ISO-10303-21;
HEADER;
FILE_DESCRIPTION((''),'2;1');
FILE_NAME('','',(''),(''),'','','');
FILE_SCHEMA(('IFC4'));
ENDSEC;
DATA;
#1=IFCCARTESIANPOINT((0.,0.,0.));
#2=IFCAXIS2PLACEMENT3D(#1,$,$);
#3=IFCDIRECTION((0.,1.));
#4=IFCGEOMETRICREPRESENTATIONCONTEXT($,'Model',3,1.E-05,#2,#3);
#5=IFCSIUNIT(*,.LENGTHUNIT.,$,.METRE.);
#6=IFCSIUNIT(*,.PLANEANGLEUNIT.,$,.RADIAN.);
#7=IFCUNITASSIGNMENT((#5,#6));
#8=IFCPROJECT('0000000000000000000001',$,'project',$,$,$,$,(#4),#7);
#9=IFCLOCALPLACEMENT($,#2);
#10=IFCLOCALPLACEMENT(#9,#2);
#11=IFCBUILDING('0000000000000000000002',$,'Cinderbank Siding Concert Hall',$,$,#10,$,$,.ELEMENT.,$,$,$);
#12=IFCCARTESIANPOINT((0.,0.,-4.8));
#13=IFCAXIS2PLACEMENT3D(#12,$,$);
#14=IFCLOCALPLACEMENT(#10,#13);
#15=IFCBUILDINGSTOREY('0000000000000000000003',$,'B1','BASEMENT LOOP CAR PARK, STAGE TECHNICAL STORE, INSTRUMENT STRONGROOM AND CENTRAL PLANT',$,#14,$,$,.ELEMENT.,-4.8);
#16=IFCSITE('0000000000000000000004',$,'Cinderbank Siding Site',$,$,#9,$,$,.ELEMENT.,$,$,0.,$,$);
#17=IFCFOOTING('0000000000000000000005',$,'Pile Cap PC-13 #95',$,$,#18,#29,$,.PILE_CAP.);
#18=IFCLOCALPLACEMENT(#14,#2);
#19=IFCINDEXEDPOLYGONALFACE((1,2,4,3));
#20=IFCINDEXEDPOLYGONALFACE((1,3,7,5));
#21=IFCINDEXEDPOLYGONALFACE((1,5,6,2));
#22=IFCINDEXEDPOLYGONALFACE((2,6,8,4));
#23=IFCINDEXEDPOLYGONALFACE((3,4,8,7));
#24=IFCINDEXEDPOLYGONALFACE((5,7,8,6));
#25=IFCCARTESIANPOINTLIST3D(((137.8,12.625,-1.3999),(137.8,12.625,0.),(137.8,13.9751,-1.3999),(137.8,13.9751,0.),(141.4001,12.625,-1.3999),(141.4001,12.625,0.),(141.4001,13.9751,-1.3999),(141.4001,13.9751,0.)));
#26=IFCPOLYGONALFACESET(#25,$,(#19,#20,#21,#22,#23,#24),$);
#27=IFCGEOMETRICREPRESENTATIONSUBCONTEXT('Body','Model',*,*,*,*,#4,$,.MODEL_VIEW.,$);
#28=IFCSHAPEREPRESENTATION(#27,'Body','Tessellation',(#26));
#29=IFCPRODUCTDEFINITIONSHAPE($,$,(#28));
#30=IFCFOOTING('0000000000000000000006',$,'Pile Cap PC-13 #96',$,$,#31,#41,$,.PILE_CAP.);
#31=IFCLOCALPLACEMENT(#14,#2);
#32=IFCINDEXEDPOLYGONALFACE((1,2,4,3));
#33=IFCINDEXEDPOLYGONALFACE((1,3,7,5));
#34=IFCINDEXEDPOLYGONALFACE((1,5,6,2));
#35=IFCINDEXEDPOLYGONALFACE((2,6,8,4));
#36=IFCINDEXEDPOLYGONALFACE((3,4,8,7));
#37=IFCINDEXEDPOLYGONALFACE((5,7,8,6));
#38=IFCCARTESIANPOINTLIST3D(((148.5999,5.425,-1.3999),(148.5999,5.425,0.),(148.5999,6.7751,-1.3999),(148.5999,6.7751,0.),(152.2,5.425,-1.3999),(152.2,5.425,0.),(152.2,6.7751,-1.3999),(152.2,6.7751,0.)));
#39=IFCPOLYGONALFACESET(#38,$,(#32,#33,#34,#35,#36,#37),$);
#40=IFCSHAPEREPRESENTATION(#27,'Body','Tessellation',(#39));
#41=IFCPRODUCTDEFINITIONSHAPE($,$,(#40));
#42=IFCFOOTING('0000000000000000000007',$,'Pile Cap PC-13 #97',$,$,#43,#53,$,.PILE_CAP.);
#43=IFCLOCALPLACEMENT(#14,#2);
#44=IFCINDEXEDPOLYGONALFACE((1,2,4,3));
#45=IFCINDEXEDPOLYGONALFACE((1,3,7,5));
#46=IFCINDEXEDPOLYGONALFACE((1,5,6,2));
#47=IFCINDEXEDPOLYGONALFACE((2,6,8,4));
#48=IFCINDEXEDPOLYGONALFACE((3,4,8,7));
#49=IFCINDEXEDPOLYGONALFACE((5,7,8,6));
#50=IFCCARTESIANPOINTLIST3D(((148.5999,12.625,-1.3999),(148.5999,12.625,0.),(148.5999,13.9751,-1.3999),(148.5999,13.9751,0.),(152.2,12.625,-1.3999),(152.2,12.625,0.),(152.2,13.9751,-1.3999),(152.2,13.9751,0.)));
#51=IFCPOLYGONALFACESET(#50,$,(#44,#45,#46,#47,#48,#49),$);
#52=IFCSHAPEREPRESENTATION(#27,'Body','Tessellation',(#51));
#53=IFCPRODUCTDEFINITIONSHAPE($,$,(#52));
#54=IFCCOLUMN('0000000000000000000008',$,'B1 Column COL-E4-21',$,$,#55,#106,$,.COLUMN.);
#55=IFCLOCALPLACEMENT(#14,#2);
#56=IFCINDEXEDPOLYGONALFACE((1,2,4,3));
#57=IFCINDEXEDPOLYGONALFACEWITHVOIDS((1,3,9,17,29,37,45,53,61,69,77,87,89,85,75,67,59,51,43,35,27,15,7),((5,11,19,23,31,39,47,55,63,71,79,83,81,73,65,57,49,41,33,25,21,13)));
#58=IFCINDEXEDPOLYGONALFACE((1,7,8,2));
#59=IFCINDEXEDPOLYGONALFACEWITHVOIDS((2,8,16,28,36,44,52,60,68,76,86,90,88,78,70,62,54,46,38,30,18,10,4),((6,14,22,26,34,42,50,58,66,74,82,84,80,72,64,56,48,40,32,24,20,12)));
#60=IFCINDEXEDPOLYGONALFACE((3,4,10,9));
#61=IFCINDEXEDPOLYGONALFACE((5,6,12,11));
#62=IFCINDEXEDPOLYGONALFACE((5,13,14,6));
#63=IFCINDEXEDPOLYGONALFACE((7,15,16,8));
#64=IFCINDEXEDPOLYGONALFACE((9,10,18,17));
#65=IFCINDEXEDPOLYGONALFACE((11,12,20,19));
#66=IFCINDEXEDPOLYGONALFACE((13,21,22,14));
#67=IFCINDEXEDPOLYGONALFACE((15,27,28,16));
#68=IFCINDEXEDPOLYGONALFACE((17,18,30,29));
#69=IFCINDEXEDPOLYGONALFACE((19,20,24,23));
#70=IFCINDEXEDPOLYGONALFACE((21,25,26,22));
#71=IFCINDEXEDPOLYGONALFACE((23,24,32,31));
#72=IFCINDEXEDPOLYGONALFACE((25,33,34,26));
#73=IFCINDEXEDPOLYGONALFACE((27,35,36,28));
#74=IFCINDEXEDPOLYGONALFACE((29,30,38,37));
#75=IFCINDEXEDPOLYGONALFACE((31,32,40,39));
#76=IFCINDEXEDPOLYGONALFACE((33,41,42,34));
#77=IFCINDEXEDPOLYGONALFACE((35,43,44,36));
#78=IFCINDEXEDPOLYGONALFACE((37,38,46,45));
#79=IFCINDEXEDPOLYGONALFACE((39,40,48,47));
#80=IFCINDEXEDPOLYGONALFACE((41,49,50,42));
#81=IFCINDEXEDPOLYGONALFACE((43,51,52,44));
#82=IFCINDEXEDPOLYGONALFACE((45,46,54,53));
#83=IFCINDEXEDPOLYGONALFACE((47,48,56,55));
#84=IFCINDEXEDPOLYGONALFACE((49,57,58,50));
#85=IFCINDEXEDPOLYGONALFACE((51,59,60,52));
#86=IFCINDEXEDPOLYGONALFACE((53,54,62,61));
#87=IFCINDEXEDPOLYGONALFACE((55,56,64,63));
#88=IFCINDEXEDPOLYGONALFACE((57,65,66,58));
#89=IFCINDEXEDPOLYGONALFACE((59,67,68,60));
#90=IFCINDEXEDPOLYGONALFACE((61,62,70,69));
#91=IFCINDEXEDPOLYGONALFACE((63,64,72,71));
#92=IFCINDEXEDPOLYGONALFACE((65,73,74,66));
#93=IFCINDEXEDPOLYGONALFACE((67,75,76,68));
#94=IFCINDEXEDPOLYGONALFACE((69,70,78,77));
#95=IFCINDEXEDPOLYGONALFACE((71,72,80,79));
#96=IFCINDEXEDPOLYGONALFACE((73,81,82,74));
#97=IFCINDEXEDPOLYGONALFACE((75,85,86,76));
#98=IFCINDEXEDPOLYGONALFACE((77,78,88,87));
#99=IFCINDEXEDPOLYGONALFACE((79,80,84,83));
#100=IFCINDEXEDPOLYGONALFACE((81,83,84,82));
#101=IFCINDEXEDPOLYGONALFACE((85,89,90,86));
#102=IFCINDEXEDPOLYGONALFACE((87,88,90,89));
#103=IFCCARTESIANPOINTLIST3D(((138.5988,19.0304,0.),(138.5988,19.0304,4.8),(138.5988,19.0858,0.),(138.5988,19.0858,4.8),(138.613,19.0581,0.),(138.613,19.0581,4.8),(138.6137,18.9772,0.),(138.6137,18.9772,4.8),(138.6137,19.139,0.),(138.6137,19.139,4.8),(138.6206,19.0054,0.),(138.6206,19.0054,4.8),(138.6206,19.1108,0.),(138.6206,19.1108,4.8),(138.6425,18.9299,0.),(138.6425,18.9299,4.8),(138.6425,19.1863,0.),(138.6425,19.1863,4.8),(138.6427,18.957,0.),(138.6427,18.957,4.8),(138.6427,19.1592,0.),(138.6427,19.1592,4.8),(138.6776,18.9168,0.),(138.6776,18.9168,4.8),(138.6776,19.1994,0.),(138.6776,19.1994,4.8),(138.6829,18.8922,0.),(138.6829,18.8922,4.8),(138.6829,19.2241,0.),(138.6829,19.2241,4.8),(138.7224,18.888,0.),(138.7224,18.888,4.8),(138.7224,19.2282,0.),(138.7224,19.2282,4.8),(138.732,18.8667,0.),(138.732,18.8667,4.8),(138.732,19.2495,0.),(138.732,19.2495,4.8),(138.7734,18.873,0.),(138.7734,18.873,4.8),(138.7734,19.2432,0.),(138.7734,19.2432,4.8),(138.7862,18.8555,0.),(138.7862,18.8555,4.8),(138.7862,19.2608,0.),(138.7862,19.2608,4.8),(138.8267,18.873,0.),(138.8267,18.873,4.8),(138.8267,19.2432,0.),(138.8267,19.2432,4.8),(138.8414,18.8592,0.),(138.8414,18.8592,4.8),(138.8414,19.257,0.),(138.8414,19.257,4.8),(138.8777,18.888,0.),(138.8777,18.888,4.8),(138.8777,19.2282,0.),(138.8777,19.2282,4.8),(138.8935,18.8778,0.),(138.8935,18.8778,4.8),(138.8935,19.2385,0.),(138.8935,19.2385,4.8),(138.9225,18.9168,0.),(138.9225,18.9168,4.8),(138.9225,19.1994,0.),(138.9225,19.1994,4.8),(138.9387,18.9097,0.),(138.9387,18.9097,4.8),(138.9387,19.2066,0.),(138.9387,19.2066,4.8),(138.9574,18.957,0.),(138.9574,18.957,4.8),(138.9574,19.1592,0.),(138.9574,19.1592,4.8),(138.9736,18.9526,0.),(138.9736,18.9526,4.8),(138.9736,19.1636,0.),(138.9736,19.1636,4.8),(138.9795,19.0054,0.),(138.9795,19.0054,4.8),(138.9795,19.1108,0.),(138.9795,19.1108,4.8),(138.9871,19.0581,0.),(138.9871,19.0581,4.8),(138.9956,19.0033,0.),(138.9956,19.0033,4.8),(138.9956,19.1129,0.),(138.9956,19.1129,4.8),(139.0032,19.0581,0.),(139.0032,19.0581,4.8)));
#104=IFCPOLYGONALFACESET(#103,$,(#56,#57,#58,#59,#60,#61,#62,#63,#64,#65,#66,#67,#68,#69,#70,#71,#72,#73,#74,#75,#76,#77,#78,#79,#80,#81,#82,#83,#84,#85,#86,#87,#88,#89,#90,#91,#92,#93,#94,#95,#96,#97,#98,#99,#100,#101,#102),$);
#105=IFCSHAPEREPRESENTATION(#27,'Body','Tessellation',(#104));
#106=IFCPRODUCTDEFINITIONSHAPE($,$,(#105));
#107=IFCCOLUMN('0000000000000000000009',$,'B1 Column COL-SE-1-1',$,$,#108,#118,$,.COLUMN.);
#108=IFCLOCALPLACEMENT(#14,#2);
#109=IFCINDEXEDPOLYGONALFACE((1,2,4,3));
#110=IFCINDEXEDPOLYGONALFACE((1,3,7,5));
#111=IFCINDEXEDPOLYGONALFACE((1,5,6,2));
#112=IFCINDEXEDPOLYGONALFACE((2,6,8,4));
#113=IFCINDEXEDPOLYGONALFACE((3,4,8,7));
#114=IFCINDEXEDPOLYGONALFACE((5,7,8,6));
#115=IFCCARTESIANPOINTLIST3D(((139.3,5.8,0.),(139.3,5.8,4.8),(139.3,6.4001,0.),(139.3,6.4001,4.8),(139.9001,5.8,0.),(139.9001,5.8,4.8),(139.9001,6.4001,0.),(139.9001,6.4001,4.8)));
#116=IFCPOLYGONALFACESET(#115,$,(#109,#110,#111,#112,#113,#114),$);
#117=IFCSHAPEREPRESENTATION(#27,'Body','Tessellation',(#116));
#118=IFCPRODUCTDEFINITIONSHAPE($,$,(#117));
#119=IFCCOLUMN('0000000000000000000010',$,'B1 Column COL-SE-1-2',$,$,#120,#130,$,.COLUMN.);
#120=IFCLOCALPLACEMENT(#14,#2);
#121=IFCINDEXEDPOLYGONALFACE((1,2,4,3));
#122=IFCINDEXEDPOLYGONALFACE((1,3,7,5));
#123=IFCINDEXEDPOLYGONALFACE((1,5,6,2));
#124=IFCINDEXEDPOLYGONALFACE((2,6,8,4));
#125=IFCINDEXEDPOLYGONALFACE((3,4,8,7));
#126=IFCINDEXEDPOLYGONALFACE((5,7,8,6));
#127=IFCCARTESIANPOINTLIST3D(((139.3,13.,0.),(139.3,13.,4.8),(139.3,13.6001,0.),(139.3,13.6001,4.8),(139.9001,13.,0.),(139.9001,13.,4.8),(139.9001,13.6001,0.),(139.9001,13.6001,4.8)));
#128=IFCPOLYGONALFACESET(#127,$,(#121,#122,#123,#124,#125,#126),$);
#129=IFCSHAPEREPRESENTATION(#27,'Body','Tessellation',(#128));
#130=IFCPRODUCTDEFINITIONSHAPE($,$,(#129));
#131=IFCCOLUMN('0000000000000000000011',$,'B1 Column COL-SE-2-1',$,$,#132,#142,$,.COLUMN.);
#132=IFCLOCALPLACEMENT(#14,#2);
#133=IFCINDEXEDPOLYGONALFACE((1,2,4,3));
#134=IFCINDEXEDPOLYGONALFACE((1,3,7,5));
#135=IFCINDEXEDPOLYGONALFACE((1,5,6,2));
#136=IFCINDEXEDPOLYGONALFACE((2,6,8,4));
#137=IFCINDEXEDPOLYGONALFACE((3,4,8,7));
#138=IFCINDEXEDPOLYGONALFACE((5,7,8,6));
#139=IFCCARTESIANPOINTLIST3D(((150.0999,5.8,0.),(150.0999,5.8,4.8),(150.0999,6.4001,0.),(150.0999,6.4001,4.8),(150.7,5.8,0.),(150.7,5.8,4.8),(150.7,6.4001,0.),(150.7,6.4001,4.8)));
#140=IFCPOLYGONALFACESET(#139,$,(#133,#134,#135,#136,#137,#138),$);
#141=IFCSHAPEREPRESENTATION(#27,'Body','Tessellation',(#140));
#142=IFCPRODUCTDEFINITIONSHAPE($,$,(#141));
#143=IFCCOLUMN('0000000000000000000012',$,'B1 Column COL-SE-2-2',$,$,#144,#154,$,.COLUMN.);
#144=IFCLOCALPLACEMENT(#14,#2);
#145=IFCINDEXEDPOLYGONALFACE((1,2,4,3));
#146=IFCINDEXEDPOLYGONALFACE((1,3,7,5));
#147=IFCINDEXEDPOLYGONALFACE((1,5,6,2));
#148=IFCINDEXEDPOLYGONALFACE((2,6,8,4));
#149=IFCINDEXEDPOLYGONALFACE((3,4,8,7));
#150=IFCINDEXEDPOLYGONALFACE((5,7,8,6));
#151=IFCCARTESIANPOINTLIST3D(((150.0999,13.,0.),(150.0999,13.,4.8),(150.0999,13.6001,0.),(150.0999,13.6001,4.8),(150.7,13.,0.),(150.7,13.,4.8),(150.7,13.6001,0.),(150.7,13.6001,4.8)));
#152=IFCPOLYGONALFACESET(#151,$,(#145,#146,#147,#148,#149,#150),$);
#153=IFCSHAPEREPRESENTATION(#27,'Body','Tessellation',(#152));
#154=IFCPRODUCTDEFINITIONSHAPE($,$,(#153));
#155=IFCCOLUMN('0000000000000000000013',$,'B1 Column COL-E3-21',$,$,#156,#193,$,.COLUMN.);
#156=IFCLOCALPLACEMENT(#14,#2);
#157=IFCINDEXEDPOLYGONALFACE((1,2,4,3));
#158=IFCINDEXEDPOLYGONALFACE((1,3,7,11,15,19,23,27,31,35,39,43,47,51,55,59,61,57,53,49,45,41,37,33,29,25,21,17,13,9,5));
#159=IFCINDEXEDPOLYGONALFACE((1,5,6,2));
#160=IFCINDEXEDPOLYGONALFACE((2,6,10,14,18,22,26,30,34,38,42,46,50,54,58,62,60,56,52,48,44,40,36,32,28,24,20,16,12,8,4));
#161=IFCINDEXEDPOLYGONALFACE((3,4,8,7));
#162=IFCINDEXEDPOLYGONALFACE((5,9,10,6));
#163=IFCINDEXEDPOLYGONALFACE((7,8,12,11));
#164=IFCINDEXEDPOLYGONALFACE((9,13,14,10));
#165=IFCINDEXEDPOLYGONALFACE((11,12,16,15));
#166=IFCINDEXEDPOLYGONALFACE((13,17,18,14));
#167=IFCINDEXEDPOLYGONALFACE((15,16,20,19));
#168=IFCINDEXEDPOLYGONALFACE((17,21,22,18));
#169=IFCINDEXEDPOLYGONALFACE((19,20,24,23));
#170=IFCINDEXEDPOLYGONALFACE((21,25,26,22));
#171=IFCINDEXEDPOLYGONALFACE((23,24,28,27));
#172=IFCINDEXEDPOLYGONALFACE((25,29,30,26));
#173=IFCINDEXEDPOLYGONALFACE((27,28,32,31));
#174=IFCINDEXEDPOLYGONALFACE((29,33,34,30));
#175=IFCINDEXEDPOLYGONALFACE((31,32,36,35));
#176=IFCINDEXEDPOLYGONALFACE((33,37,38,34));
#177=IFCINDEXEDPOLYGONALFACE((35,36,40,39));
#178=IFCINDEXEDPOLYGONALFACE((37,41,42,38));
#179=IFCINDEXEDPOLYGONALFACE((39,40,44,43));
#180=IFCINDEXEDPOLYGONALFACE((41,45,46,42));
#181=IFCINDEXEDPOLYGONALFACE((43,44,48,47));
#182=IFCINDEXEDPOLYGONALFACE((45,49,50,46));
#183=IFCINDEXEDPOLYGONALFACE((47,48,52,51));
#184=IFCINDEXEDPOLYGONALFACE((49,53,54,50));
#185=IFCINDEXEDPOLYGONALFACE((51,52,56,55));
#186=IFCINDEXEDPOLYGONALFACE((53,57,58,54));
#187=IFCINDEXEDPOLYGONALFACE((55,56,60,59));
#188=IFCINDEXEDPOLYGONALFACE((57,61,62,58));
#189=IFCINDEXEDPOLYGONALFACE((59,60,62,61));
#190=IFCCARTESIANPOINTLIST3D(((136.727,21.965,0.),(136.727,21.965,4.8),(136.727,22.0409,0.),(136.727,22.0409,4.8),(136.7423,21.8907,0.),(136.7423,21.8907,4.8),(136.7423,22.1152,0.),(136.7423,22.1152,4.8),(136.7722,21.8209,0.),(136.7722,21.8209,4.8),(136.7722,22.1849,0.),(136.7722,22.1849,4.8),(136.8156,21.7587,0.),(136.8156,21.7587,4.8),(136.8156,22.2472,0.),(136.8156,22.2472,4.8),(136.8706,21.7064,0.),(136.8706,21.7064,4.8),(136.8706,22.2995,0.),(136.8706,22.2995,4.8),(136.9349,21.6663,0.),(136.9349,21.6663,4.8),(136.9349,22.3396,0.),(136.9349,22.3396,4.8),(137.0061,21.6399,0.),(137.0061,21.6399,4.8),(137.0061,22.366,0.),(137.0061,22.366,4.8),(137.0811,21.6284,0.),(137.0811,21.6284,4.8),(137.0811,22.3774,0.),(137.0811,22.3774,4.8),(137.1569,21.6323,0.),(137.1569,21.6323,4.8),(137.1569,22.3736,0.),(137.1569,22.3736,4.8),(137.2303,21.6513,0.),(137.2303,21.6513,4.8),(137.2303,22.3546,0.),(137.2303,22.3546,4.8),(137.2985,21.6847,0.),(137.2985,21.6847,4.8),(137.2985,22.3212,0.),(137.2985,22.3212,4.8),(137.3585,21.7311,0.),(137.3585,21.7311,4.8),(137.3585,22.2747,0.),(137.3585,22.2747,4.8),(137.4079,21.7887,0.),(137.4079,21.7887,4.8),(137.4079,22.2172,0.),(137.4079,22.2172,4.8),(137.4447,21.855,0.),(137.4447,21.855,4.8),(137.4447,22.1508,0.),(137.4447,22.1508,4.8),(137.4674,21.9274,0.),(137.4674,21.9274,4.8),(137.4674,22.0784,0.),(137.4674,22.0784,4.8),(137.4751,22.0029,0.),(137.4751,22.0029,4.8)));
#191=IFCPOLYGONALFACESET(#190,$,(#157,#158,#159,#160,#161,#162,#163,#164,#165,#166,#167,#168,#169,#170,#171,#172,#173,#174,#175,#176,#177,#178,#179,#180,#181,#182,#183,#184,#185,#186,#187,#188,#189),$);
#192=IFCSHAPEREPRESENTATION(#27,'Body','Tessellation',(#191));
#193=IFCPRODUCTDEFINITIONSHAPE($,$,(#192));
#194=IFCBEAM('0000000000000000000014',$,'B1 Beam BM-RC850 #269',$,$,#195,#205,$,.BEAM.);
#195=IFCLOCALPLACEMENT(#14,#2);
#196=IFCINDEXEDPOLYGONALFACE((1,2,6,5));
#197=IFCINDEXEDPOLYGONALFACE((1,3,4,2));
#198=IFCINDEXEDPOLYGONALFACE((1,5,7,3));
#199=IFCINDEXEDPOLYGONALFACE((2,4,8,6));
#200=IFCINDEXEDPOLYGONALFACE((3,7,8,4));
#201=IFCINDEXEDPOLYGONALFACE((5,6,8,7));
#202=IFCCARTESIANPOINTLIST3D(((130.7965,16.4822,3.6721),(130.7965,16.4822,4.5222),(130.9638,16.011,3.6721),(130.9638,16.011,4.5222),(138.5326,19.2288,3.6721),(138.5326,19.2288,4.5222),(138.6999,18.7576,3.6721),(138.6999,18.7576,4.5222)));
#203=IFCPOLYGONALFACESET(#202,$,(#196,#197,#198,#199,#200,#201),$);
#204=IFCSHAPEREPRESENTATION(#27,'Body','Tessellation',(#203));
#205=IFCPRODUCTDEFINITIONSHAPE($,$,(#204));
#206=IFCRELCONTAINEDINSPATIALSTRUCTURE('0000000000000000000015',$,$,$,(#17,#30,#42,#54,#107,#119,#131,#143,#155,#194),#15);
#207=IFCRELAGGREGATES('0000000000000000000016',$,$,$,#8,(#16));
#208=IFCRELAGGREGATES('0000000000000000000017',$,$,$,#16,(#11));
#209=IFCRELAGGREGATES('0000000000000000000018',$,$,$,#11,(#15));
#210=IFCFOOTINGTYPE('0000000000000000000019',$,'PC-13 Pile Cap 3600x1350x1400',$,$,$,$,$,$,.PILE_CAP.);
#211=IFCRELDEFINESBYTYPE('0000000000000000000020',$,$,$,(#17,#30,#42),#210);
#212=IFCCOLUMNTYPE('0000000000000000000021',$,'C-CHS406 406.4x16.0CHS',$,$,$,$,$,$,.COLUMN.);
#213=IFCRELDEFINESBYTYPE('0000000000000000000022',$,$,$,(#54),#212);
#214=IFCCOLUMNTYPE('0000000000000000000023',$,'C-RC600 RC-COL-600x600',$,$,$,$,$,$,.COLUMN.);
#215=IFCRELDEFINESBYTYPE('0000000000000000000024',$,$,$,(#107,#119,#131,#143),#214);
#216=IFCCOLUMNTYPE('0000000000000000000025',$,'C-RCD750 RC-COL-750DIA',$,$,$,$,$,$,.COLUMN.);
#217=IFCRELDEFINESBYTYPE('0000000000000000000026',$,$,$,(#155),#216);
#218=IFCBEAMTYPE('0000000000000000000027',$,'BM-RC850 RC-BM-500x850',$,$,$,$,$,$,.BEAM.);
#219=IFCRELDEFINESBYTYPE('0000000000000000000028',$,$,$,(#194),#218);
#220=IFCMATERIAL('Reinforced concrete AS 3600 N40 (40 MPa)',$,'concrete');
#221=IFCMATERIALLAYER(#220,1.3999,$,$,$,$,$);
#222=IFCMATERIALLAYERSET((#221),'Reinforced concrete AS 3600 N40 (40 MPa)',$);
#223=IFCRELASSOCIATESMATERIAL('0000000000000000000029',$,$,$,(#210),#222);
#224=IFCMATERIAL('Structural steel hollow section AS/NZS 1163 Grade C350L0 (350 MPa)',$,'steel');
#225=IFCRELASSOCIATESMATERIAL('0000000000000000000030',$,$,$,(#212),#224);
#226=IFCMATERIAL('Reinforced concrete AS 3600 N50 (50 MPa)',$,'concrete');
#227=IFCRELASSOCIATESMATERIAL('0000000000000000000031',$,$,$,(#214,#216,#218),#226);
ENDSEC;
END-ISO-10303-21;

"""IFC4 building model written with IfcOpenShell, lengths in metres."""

from ifc_helpers import new_model, si_unit, direction, frame, origin, origin_2d, place, context, subcontext, project, spatial, rectangle, circle, hollow_circle, extrude, material, layer, layer_set, material_profile, profile_set, type_object, element, save


model = new_model("IFC4")

# Units and contexts
model_context = context("Model", 3, precision=1e-05, world=origin(), true_north=direction((0.0, 1.0)))
body_context = subcontext(model_context, "Body", "Model", "MODEL_VIEW")
ifc_project = project(units=[si_unit("LENGTHUNIT", "METRE"), si_unit("PLANEANGLEUNIT", "RADIAN")], contexts=[model_context])

# Site, building, storey
site_placement = place(None, origin())
site = spatial("IfcSite", under=ifc_project, at=site_placement, Name="Cinderbank Siding Site", CompositionType="ELEMENT", RefElevation=0.0)
building_placement = place(site_placement, origin())
building = spatial("IfcBuilding", under=site, at=building_placement, Name="Cinderbank Siding Concert Hall", CompositionType="ELEMENT")
storey_placement = place(building_placement, frame((0.0, 0.0, -4.8)))
storey = spatial("IfcBuildingStorey", under=building, at=storey_placement, Name="B1", Description="BASEMENT LOOP CAR PARK, STAGE TECHNICAL STORE, INSTRUMENT STRONGROOM AND CENTRAL PLANT", CompositionType="ELEMENT", Elevation=-4.8)

# Shared definitions
ifc_material_1 = material(Name="Reinforced concrete AS 3600 N40 (40 MPa)", Category="concrete")

# Footings
ifc_layer_1 = layer(ifc_material_1, 1.3999)
ifc_layer_set_1 = layer_set([ifc_layer_1], Name="Reinforced concrete AS 3600 N40 (40 MPa)")
footing_type_1 = type_object("IfcFootingType", Name="PC-13 Pile Cap 3600x1350x1400", PredefinedType="PILE_CAP", material=ifc_layer_set_1)
for number, where, z_axis, x_axis, name in (
    (1, (139.6001, 13.3, -1.3999), (0.0, 0.0, 1.0), (1.0, 0.0, 0.0), "Pile Cap PC-13 #95"),
    (2, (150.3999, 6.1001, -1.3999), (0.0, 0.0, 1.0), (1.0, 0.0, 0.0), "Pile Cap PC-13 #96"),
    (3, (150.3999, 13.3, -1.3999), (0.0, 0.0, 1.0), (1.0, 0.0, 0.0), "Pile Cap PC-13 #97"),
):
    element("IfcFooting", number, at=place(storey_placement, frame(where, z_axis=z_axis, x_axis=x_axis)), inside=storey, type_object=footing_type_1, Name=name, PredefinedType="PILE_CAP", context=body_context, shape_type="SweptSolid", body=[
        extrude(rectangle(XDim=3.6001, YDim=1.3501, at=origin_2d()), origin(), (0.0, 0.0, 1.0), 1.3999),
    ])

# Columns
ifc_material_2 = material(Name="Structural steel hollow section AS/NZS 1163 Grade C350L0 (350 MPa)", Category="steel")
ifc_material_profile_1 = material_profile(ifc_material_2, hollow_circle(Radius=0.2031, WallThickness=0.0161, at=origin_2d()), Name="406.4x16.0CHS", Category="LoadBearing")
ifc_profile_set_1 = profile_set([ifc_material_profile_1], Name="Structural steel hollow section AS/NZS 1163 Grade C350L0 (350 MPa)")
column_type_1 = type_object("IfcColumnType", Name="C-CHS406 406.4x16.0CHS", PredefinedType="COLUMN", material=ifc_profile_set_1)
column_1_placement = place(storey_placement, frame((138.8, 19.0581, 0.0), z_axis=(0.0, 0.0, 1.0), x_axis=(1.0, 0.0, 0.0)))
element("IfcColumn", 4, at=column_1_placement, inside=storey, type_object=column_type_1, Name="B1 Column COL-E4-21", PredefinedType="COLUMN", context=body_context, shape_type="SweptSolid", body=[
    extrude(hollow_circle(Radius=0.2031, WallThickness=0.0161, at=origin_2d()), origin(), (0.0, 0.0, 1.0), 4.8),
])
ifc_material_3 = material(Name="Reinforced concrete AS 3600 N50 (50 MPa)", Category="concrete")
ifc_material_profile_2 = material_profile(ifc_material_3, rectangle(XDim=0.6001, YDim=0.6001, at=origin_2d()), Name="RC-COL-600x600", Category="LoadBearing")
ifc_profile_set_2 = profile_set([ifc_material_profile_2], Name="Reinforced concrete AS 3600 N50 (50 MPa)")
column_type_2 = type_object("IfcColumnType", Name="C-RC600 RC-COL-600x600", PredefinedType="COLUMN", material=ifc_profile_set_2)
for number, where, z_axis, x_axis, name in (
    (5, (139.6001, 6.1001, 0.0), (0.0, 0.0, 1.0), (1.0, 0.0, 0.0), "B1 Column COL-SE-1-1"),
    (6, (139.6001, 13.3, 0.0), (0.0, 0.0, 1.0), (1.0, 0.0, 0.0), "B1 Column COL-SE-1-2"),
    (7, (150.3999, 6.1001, 0.0), (0.0, 0.0, 1.0), (1.0, 0.0, 0.0), "B1 Column COL-SE-2-1"),
    (8, (150.3999, 13.3, 0.0), (0.0, 0.0, 1.0), (1.0, 0.0, 0.0), "B1 Column COL-SE-2-2"),
):
    element("IfcColumn", number, at=place(storey_placement, frame(where, z_axis=z_axis, x_axis=x_axis)), inside=storey, type_object=column_type_2, Name=name, PredefinedType="COLUMN", context=body_context, shape_type="SweptSolid", body=[
        extrude(rectangle(XDim=0.6001, YDim=0.6001, at=origin_2d()), origin(), (0.0, 0.0, 1.0), 4.8),
    ])
ifc_material_profile_3 = material_profile(ifc_material_3, circle(Radius=0.375, at=origin_2d()), Name="RC-COL-750DIA", Category="LoadBearing")
ifc_profile_set_3 = profile_set([ifc_material_profile_3], Name="Reinforced concrete AS 3600 N50 (50 MPa)")
column_type_3 = type_object("IfcColumnType", Name="C-RCD750 RC-COL-750DIA", PredefinedType="COLUMN", material=ifc_profile_set_3)
column_2_placement = place(storey_placement, frame((137.1001, 22.0029, 0.0), z_axis=(0.0, 0.0, 1.0), x_axis=(1.0, 0.0, 0.0)))
element("IfcColumn", 9, at=column_2_placement, inside=storey, type_object=column_type_3, Name="B1 Column COL-E3-21", PredefinedType="COLUMN", context=body_context, shape_type="SweptSolid", body=[
    extrude(circle(Radius=0.375, at=origin_2d()), origin(), (0.0, 0.0, 1.0), 4.8),
])

# Beam
ifc_material_profile_4 = material_profile(ifc_material_3, rectangle(XDim=0.5, YDim=0.8501, at=origin_2d()), Name="RC-BM-500x850", Category="LoadBearing")
ifc_profile_set_4 = profile_set([ifc_material_profile_4], Name="Reinforced concrete AS 3600 N50 (50 MPa)")
beam_type_1 = type_object("IfcBeamType", Name="BM-RC850 RC-BM-500x850", PredefinedType="BEAM", material=ifc_profile_set_4)
beam_1_placement = place(storey_placement, frame((130.8801, 16.2466, 4.0972), z_axis=(0.942369, 0.334574, 0.0), x_axis=(-0.334574, 0.942369, 0.0)))
element("IfcBeam", 10, at=beam_1_placement, inside=storey, type_object=beam_type_1, Name="B1 Beam BM-RC850 #269", PredefinedType="BEAM", context=body_context, shape_type="SweptSolid", body=[
    extrude(rectangle(XDim=0.5, YDim=0.8501, at=origin_2d()), origin(), (0.0, 0.0, 1.0), 8.2092),
])

save(model, "model.ifc")
